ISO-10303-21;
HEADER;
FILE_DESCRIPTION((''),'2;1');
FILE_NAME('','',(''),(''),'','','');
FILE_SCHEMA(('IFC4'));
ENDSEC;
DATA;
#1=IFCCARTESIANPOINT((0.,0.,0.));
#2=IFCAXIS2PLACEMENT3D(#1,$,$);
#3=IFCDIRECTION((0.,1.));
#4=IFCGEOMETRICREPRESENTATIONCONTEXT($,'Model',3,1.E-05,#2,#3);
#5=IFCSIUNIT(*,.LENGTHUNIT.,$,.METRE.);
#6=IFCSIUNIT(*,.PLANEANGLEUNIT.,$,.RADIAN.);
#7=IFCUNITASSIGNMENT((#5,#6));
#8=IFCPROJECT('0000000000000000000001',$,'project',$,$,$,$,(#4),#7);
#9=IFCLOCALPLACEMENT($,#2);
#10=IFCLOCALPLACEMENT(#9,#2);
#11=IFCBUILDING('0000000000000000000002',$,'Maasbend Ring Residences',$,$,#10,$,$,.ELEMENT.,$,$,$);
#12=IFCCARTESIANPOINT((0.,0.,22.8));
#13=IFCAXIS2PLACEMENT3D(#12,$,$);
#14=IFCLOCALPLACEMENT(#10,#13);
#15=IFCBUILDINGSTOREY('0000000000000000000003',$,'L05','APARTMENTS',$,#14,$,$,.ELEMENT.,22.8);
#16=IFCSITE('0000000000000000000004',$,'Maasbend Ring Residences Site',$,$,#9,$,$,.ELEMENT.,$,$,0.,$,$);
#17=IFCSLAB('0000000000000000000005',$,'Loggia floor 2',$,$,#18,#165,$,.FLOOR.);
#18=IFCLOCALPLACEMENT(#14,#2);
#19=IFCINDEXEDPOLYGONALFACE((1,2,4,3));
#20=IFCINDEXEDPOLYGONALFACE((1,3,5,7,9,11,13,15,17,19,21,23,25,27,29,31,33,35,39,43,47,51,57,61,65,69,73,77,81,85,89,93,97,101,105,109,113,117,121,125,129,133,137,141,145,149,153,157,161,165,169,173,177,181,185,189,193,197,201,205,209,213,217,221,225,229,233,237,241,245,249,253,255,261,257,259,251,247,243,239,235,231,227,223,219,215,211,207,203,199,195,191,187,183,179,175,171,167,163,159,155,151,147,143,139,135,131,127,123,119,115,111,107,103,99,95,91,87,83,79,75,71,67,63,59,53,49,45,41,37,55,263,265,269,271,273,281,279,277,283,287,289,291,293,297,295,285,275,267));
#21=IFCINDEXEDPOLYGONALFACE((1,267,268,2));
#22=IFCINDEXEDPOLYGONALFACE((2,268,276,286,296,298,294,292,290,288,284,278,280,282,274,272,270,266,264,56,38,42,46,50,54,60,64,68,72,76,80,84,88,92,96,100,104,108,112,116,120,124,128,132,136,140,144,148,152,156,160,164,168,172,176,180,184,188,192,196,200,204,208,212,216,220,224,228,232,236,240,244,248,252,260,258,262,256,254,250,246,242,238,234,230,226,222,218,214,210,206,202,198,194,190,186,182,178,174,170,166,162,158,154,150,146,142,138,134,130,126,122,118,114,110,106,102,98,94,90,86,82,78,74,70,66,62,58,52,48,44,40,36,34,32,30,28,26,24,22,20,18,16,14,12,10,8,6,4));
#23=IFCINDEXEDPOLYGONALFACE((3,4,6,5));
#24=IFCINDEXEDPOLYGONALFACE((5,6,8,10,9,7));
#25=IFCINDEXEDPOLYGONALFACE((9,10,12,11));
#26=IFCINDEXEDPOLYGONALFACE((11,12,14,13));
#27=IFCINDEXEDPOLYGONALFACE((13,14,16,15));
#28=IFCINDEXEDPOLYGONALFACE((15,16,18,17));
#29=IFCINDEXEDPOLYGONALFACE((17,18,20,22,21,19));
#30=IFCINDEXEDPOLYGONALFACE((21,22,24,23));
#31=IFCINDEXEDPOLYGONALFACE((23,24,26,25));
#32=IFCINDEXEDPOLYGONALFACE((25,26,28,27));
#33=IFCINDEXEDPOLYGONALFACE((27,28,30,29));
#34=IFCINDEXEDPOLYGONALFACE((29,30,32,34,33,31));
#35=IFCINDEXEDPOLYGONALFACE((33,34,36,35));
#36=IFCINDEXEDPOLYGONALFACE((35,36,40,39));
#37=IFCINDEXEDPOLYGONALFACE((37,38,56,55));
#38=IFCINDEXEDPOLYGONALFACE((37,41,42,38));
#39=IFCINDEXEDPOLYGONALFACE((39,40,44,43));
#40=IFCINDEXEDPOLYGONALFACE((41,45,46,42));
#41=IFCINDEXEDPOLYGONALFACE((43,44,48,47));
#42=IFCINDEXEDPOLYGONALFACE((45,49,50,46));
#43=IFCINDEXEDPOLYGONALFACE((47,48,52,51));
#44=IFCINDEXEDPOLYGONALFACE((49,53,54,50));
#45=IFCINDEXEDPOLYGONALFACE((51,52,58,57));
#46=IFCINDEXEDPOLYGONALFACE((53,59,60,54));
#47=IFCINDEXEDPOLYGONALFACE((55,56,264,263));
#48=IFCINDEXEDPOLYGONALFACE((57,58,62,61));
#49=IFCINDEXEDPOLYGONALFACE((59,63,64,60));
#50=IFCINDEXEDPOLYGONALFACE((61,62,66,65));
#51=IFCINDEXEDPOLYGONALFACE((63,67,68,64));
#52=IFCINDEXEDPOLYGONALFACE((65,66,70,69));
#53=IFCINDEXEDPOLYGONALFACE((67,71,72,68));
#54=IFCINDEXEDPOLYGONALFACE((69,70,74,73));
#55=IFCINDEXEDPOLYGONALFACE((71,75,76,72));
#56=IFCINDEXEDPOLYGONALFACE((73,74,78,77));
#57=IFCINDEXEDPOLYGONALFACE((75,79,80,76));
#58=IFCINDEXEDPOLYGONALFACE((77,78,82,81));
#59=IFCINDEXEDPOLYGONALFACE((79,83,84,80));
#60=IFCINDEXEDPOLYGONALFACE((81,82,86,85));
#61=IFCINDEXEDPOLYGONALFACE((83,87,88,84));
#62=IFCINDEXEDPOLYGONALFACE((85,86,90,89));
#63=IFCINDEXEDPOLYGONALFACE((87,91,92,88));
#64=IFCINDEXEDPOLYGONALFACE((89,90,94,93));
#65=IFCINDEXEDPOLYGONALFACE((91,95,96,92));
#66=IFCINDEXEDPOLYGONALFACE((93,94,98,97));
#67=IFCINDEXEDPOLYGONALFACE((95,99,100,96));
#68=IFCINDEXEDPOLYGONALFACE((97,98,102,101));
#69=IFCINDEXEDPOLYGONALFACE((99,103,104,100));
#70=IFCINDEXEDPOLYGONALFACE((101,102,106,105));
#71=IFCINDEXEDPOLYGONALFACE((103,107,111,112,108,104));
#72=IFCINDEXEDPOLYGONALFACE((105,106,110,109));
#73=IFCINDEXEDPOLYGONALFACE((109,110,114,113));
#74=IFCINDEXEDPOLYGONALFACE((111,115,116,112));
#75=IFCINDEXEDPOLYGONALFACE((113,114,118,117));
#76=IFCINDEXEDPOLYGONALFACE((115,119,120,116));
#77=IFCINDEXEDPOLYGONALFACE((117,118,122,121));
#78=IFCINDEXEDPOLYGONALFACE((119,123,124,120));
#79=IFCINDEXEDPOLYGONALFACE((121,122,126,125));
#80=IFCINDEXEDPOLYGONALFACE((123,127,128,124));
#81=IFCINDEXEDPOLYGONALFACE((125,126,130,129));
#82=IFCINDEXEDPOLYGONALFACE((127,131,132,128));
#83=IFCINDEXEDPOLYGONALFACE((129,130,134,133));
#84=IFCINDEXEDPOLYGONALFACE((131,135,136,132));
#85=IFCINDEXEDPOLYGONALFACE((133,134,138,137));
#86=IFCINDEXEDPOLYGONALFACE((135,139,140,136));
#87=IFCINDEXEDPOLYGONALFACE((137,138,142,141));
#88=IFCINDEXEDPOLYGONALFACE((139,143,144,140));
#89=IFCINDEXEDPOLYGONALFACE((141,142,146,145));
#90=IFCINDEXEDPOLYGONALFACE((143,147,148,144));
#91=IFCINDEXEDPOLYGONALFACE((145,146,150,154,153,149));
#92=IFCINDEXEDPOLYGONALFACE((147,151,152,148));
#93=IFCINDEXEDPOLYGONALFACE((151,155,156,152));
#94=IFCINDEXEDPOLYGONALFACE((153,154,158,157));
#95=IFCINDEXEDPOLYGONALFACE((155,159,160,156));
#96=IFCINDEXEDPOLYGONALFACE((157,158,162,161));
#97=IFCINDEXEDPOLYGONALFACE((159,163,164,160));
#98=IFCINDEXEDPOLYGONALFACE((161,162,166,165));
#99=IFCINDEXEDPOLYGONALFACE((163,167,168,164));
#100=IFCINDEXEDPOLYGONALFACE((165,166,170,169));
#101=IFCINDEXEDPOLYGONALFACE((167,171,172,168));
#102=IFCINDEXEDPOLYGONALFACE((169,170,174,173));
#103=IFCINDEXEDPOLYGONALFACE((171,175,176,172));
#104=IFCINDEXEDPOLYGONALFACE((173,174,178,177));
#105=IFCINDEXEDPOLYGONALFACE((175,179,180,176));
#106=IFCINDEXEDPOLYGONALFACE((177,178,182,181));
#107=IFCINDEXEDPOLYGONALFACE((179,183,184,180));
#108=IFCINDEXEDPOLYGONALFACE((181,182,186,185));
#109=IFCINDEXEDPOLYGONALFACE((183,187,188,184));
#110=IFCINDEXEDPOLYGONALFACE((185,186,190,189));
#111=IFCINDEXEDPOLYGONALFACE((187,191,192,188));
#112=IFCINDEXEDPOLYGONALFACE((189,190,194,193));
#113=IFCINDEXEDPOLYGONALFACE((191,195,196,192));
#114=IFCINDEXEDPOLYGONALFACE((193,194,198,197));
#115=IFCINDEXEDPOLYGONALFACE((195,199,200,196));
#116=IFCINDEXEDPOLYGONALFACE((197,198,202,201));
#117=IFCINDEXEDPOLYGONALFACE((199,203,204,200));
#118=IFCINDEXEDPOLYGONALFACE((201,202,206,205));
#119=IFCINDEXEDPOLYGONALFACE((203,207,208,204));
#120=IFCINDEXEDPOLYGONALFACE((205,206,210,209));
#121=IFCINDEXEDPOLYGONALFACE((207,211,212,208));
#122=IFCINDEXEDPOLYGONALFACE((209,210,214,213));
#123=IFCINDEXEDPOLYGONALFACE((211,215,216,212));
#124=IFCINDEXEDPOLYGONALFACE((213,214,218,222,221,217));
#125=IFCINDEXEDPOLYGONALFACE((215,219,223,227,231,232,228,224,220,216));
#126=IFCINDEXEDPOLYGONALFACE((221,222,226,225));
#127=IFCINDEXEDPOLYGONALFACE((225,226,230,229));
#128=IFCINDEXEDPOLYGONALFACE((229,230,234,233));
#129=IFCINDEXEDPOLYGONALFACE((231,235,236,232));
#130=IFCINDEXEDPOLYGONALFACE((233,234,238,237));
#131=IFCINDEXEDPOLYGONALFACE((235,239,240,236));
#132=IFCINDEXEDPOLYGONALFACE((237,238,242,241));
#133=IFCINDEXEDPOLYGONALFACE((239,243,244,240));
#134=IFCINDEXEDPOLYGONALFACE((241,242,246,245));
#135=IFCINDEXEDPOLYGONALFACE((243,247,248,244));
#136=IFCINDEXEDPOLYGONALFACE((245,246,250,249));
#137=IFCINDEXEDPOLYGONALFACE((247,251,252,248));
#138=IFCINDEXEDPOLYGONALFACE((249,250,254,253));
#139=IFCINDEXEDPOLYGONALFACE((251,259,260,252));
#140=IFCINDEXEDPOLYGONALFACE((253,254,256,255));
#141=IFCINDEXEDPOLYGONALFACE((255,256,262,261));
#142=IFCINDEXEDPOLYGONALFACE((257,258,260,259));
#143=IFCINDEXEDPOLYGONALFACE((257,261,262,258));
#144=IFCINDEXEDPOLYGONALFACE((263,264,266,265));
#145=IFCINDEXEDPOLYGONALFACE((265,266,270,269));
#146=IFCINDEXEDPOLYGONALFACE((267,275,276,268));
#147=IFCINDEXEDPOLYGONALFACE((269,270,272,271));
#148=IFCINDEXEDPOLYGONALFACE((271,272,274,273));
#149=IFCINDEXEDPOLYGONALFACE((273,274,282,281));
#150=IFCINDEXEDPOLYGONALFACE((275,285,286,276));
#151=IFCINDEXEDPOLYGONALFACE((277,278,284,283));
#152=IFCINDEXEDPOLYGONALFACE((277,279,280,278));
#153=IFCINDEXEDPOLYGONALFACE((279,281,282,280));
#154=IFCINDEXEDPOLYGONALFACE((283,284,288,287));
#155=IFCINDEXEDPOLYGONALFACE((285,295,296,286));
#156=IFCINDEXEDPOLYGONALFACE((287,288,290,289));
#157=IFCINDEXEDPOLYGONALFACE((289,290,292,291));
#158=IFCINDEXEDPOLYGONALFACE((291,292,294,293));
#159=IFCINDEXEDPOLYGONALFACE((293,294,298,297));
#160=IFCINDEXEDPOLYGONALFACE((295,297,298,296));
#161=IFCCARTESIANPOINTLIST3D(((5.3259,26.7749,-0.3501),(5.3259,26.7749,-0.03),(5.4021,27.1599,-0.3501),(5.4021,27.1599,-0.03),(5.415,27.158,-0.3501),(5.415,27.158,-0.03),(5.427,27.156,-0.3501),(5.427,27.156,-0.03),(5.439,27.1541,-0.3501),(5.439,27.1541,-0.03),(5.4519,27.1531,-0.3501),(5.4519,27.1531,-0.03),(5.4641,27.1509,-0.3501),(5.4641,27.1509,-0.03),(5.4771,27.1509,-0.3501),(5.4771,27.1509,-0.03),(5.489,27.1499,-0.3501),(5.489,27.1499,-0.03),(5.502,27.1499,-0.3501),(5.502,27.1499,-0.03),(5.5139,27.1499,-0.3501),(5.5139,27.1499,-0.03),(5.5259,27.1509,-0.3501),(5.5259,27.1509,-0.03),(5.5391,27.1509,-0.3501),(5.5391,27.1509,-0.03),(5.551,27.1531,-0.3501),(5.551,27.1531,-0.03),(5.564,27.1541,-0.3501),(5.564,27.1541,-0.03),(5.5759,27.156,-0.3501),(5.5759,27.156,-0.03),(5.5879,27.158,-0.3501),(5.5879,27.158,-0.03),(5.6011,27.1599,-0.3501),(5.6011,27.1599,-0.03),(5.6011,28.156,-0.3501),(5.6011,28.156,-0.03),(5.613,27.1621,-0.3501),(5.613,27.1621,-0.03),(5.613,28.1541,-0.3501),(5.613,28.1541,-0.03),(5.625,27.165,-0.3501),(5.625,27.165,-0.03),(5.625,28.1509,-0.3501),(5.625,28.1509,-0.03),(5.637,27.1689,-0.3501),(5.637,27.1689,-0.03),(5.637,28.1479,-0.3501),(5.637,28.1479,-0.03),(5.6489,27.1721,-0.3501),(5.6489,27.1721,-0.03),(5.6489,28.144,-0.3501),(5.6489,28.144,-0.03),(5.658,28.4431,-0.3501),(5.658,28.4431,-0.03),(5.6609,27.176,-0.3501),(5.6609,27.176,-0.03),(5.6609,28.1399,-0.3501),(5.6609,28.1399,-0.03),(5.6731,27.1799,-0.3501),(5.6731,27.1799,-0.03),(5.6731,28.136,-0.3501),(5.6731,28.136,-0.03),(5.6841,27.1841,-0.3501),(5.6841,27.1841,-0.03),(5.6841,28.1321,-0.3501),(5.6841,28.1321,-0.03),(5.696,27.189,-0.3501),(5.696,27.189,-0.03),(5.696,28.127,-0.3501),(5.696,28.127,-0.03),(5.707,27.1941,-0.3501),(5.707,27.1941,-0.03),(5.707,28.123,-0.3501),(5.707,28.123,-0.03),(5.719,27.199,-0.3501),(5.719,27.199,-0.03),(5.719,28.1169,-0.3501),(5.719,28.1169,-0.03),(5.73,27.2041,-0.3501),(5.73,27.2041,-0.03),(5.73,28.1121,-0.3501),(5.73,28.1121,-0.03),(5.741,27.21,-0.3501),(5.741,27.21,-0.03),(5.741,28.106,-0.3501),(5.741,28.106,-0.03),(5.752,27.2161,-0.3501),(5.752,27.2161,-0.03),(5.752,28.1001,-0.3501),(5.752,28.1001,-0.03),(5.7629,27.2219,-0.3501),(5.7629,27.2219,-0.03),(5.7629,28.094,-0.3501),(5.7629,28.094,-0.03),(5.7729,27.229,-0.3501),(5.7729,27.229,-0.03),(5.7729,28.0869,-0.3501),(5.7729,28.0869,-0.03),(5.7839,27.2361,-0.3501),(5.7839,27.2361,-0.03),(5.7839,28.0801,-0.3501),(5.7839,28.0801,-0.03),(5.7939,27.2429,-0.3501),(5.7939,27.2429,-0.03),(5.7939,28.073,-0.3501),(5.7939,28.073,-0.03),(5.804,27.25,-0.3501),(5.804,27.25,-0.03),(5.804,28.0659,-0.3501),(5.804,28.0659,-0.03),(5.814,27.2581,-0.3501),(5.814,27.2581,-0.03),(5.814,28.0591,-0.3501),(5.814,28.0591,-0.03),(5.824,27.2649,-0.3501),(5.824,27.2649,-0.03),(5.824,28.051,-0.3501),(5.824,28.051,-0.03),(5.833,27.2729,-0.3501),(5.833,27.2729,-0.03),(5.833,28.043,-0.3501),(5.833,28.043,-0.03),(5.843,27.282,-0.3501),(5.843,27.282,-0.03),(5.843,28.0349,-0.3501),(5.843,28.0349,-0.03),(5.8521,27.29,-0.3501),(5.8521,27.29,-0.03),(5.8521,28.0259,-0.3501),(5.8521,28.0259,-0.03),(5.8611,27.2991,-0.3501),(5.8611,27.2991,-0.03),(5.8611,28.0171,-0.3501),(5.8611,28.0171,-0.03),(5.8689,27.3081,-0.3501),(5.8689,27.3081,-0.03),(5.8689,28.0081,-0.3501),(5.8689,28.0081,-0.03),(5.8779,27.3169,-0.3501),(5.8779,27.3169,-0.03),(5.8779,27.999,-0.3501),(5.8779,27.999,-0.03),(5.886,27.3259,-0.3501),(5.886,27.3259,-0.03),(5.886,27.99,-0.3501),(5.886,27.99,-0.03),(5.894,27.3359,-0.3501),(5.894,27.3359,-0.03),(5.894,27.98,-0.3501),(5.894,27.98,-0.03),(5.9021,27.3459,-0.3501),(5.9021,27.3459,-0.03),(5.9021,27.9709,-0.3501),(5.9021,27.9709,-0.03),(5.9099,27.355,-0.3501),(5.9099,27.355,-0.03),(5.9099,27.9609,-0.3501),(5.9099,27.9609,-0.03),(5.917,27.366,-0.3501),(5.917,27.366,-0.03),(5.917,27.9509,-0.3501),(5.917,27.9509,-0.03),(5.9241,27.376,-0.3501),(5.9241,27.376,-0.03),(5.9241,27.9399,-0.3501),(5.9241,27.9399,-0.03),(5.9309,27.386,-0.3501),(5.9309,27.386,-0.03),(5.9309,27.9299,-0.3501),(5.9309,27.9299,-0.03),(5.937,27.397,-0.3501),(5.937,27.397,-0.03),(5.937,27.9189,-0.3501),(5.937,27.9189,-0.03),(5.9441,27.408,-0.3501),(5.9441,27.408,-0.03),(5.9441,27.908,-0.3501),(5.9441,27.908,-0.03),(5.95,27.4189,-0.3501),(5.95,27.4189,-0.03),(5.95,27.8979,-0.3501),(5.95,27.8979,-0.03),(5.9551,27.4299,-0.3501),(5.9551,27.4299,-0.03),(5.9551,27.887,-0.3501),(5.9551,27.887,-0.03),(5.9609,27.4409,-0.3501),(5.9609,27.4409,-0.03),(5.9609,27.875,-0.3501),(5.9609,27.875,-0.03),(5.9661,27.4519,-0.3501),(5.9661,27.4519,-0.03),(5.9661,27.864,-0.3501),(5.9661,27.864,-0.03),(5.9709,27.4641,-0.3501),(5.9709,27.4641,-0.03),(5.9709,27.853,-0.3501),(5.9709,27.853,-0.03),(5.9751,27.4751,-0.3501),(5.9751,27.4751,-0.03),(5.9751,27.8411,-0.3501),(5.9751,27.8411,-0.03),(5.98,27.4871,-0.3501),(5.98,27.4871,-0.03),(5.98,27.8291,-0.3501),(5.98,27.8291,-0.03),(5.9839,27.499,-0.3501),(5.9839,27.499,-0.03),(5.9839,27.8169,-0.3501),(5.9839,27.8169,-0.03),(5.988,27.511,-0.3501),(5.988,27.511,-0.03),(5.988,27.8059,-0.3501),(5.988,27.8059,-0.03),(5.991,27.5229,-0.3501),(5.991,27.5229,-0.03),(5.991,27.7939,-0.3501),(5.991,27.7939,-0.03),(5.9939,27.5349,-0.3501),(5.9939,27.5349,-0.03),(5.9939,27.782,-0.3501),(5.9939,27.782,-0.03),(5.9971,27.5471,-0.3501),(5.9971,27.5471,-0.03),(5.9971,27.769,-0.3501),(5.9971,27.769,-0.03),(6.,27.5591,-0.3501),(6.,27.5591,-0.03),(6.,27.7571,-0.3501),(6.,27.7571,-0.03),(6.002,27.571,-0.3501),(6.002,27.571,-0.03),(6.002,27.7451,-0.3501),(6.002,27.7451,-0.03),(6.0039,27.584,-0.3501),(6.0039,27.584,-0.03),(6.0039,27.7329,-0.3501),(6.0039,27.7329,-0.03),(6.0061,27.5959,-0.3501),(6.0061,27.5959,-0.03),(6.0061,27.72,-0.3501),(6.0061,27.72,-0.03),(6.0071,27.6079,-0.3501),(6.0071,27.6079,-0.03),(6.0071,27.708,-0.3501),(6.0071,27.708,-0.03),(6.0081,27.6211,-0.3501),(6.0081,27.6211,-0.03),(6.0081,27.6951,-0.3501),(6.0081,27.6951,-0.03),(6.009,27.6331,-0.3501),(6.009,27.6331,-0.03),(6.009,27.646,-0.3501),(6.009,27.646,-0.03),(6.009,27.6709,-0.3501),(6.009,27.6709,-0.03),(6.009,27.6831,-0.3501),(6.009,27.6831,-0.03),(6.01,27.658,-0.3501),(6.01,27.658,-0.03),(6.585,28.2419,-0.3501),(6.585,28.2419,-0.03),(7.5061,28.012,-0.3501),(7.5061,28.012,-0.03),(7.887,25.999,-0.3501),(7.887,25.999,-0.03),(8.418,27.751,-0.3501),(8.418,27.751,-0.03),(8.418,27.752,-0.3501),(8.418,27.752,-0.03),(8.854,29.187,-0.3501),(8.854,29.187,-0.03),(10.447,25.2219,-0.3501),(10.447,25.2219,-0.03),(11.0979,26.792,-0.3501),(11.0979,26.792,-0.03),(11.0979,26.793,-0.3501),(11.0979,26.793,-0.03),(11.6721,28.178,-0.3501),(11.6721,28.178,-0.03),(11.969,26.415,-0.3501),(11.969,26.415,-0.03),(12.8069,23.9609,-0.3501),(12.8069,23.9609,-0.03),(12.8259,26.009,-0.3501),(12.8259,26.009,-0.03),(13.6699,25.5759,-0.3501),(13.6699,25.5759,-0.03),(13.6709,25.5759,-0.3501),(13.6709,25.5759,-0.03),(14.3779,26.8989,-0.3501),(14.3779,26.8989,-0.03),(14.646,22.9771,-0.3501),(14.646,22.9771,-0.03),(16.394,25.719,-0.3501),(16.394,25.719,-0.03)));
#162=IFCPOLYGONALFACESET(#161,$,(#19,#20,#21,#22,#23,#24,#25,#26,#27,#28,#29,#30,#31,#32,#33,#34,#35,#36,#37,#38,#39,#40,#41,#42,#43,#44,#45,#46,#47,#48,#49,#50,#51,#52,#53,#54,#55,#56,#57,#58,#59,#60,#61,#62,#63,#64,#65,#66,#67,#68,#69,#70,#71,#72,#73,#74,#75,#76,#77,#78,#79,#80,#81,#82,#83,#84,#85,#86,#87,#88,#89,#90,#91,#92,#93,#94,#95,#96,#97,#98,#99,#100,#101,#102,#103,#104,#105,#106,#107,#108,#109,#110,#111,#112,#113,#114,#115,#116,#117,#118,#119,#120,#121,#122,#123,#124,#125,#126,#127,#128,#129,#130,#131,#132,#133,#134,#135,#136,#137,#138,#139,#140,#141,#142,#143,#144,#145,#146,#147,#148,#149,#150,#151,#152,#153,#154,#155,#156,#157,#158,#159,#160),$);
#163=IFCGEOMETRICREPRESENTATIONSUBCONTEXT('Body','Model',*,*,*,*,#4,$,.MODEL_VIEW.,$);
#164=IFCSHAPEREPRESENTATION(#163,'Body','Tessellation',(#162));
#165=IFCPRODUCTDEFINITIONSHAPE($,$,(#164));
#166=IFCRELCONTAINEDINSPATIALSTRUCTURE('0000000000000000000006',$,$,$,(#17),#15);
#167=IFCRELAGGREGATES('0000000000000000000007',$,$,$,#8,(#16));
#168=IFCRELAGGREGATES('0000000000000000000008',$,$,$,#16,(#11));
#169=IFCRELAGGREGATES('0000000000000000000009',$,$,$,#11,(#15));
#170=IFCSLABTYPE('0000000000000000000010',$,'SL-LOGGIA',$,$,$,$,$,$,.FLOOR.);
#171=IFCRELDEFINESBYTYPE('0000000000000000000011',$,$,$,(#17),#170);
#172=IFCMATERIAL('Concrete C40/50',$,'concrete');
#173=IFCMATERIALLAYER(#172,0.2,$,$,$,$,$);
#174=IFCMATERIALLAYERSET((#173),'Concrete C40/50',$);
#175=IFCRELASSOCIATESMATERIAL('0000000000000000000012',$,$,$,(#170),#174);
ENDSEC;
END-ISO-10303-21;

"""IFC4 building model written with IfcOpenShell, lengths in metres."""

from ifc_helpers import new_model, si_unit, direction, frame, origin, place, context, subcontext, project, spatial, polyline, outline, extrude, material, layer, layer_set, type_object, element, save


model = new_model("IFC4")

# Units and contexts
model_context = context("Model", 3, precision=1e-05, world=origin(), true_north=direction((0.0, 1.0)))
body_context = subcontext(model_context, "Body", "Model", "MODEL_VIEW")
ifc_project = project(units=[si_unit("LENGTHUNIT", "METRE"), si_unit("PLANEANGLEUNIT", "RADIAN")], contexts=[model_context])

# Site, building, storey
site_placement = place(None, origin())
site = spatial("IfcSite", under=ifc_project, at=site_placement, Name="Maasbend Ring Residences Site", CompositionType="ELEMENT", RefElevation=0.0)
building_placement = place(site_placement, origin())
building = spatial("IfcBuilding", under=site, at=building_placement, Name="Maasbend Ring Residences", CompositionType="ELEMENT")
storey_placement = place(building_placement, frame((0.0, 0.0, 22.8)))
storey = spatial("IfcBuildingStorey", under=building, at=storey_placement, Name="L05", Description="APARTMENTS", CompositionType="ELEMENT", Elevation=22.8)

# Slab
ifc_material_1 = material(Name="Concrete C40/50", Category="concrete")
ifc_layer_1 = layer(ifc_material_1, 0.2)
ifc_layer_set_1 = layer_set([ifc_layer_1], Name="Concrete C40/50")
slab_type_1 = type_object("IfcSlabType", Name="SL-LOGGIA", PredefinedType="FLOOR", material=ifc_layer_set_1)
slab_1_placement = place(storey_placement, frame((0.0, 0.0, -0.3501)))
element("IfcSlab", 1, at=slab_1_placement, inside=storey, type_object=slab_type_1, Name="Loggia floor 2", PredefinedType="FLOOR", context=body_context, shape_type="SweptSolid", body=[
    extrude(outline(polyline([(5.439, 27.1541), (5.4519, 27.1531), (5.4641, 27.1509), (5.4771, 27.1509), (5.489, 27.1499), (5.502, 27.1499), (5.5139, 27.1499), (5.5259, 27.1509), (5.5391, 27.1509), (5.551, 27.1531), (5.564, 27.1541), (5.5759, 27.156), (5.5879, 27.158), (5.6011, 27.1599), (5.613, 27.1621), (5.625, 27.165), (5.637, 27.1689), (5.6489, 27.1721), (5.6609, 27.176), (5.6731, 27.1799), (5.6841, 27.1841), (5.696, 27.189), (5.707, 27.1941), (5.719, 27.199), (5.73, 27.2041), (5.741, 27.21), (5.752, 27.2161), (5.7629, 27.2219), (5.7729, 27.229), (5.7839, 27.2361), (5.7939, 27.2429), (5.804, 27.25), (5.814, 27.2581), (5.824, 27.2649), (5.833, 27.2729), (5.843, 27.282), (5.8521, 27.29), (5.8611, 27.2991), (5.8689, 27.3081), (5.8779, 27.3169), (5.886, 27.3259), (5.894, 27.3359), (5.9021, 27.3459), (5.9099, 27.355), (5.917, 27.366), (5.9241, 27.376), (5.9309, 27.386), (5.937, 27.397), (5.9441, 27.408), (5.95, 27.4189), (5.9551, 27.4299), (5.9609, 27.4409), (5.9661, 27.4519), (5.9709, 27.4641), (5.9751, 27.4751), (5.98, 27.4871), (5.9839, 27.499), (5.988, 27.511), (5.991, 27.5229), (5.9939, 27.5349), (5.9971, 27.5471), (6.0, 27.5591), (6.002, 27.571), (6.0039, 27.584), (6.0061, 27.5959), (6.0071, 27.6079), (6.0081, 27.6211), (6.009, 27.6331), (6.009, 27.646), (6.01, 27.658), (6.009, 27.6709), (6.009, 27.6831), (6.0081, 27.6951), (6.0071, 27.708), (6.0061, 27.72), (6.0039, 27.7329), (6.002, 27.7451), (6.0, 27.7571), (5.9971, 27.769), (5.9939, 27.782), (5.991, 27.7939), (5.988, 27.8059), (5.9839, 27.8169), (5.98, 27.8291), (5.9751, 27.8411), (5.9709, 27.853), (5.9661, 27.864), (5.9609, 27.875), (5.9551, 27.887), (5.95, 27.8979), (5.9441, 27.908), (5.937, 27.9189), (5.9309, 27.9299), (5.9241, 27.9399), (5.917, 27.9509), (5.9099, 27.9609), (5.9021, 27.9709), (5.894, 27.98), (5.886, 27.99), (5.8779, 27.999), (5.8689, 28.0081), (5.8611, 28.0171), (5.8521, 28.0259), (5.843, 28.0349), (5.833, 28.043), (5.824, 28.051), (5.814, 28.0591), (5.804, 28.0659), (5.7939, 28.073), (5.7839, 28.0801), (5.7729, 28.0869), (5.7629, 28.094), (5.752, 28.1001), (5.741, 28.106), (5.73, 28.1121), (5.719, 28.1169), (5.707, 28.123), (5.696, 28.127), (5.6841, 28.1321), (5.6731, 28.136), (5.6609, 28.1399), (5.6489, 28.144), (5.637, 28.1479), (5.625, 28.1509), (5.613, 28.1541), (5.6011, 28.156), (5.658, 28.4431), (5.658, 28.4431), (5.658, 28.4431), (6.585, 28.2419), (6.585, 28.2419), (7.5061, 28.012), (7.5061, 28.012), (8.418, 27.751), (8.418, 27.751), (8.418, 27.751), (8.418, 27.751), (8.418, 27.751), (8.418, 27.751), (8.418, 27.751), (8.418, 27.751), (8.418, 27.751), (8.418, 27.751), (8.418, 27.752), (8.418, 27.752), (8.418, 27.752), (8.418, 27.752), (8.418, 27.752), (8.418, 27.752), (8.418, 27.752), (8.854, 29.187), (8.854, 29.187), (8.854, 29.187), (11.6721, 28.178), (11.6721, 28.178), (11.6721, 28.178), (11.0979, 26.793), (11.0979, 26.793), (11.0979, 26.793), (11.0979, 26.793), (11.0979, 26.793), (11.0979, 26.793), (11.0979, 26.793), (11.0979, 26.793), (11.0979, 26.793), (11.0979, 26.793), (11.0979, 26.792), (11.0979, 26.792), (11.0979, 26.792), (11.0979, 26.792), (11.0979, 26.792), (11.0979, 26.792), (11.0979, 26.792), (11.969, 26.415), (11.969, 26.415), (12.8259, 26.009), (12.8259, 26.009), (13.6699, 25.5759), (13.6699, 25.5759), (13.6699, 25.5759), (13.6699, 25.5759), (13.6699, 25.5759), (13.6699, 25.5759), (13.6699, 25.5759), (13.6699, 25.5759), (13.6699, 25.5759), (13.6699, 25.5759), (13.6709, 25.5759), (13.6709, 25.5759), (13.6709, 25.5759), (13.6709, 25.5759), (13.6709, 25.5759), (13.6709, 25.5759), (13.6709, 25.5759), (14.3779, 26.8989), (14.3779, 26.8989), (14.3779, 26.8989), (16.394, 25.719), (16.394, 25.719), (16.394, 25.719), (14.646, 22.9771), (14.646, 22.9771), (14.646, 22.9771), (12.8069, 23.9609), (10.447, 25.2219), (10.447, 25.2219), (10.447, 25.2219), (7.887, 25.999), (5.3259, 26.7749), (5.3259, 26.7749), (5.3259, 26.7749), (5.4021, 27.1599), (5.415, 27.158), (5.427, 27.156), (5.439, 27.1541)])), origin(), (0.0, 0.0, 1.0), 0.3201),
])

save(model, "model.ifc")
